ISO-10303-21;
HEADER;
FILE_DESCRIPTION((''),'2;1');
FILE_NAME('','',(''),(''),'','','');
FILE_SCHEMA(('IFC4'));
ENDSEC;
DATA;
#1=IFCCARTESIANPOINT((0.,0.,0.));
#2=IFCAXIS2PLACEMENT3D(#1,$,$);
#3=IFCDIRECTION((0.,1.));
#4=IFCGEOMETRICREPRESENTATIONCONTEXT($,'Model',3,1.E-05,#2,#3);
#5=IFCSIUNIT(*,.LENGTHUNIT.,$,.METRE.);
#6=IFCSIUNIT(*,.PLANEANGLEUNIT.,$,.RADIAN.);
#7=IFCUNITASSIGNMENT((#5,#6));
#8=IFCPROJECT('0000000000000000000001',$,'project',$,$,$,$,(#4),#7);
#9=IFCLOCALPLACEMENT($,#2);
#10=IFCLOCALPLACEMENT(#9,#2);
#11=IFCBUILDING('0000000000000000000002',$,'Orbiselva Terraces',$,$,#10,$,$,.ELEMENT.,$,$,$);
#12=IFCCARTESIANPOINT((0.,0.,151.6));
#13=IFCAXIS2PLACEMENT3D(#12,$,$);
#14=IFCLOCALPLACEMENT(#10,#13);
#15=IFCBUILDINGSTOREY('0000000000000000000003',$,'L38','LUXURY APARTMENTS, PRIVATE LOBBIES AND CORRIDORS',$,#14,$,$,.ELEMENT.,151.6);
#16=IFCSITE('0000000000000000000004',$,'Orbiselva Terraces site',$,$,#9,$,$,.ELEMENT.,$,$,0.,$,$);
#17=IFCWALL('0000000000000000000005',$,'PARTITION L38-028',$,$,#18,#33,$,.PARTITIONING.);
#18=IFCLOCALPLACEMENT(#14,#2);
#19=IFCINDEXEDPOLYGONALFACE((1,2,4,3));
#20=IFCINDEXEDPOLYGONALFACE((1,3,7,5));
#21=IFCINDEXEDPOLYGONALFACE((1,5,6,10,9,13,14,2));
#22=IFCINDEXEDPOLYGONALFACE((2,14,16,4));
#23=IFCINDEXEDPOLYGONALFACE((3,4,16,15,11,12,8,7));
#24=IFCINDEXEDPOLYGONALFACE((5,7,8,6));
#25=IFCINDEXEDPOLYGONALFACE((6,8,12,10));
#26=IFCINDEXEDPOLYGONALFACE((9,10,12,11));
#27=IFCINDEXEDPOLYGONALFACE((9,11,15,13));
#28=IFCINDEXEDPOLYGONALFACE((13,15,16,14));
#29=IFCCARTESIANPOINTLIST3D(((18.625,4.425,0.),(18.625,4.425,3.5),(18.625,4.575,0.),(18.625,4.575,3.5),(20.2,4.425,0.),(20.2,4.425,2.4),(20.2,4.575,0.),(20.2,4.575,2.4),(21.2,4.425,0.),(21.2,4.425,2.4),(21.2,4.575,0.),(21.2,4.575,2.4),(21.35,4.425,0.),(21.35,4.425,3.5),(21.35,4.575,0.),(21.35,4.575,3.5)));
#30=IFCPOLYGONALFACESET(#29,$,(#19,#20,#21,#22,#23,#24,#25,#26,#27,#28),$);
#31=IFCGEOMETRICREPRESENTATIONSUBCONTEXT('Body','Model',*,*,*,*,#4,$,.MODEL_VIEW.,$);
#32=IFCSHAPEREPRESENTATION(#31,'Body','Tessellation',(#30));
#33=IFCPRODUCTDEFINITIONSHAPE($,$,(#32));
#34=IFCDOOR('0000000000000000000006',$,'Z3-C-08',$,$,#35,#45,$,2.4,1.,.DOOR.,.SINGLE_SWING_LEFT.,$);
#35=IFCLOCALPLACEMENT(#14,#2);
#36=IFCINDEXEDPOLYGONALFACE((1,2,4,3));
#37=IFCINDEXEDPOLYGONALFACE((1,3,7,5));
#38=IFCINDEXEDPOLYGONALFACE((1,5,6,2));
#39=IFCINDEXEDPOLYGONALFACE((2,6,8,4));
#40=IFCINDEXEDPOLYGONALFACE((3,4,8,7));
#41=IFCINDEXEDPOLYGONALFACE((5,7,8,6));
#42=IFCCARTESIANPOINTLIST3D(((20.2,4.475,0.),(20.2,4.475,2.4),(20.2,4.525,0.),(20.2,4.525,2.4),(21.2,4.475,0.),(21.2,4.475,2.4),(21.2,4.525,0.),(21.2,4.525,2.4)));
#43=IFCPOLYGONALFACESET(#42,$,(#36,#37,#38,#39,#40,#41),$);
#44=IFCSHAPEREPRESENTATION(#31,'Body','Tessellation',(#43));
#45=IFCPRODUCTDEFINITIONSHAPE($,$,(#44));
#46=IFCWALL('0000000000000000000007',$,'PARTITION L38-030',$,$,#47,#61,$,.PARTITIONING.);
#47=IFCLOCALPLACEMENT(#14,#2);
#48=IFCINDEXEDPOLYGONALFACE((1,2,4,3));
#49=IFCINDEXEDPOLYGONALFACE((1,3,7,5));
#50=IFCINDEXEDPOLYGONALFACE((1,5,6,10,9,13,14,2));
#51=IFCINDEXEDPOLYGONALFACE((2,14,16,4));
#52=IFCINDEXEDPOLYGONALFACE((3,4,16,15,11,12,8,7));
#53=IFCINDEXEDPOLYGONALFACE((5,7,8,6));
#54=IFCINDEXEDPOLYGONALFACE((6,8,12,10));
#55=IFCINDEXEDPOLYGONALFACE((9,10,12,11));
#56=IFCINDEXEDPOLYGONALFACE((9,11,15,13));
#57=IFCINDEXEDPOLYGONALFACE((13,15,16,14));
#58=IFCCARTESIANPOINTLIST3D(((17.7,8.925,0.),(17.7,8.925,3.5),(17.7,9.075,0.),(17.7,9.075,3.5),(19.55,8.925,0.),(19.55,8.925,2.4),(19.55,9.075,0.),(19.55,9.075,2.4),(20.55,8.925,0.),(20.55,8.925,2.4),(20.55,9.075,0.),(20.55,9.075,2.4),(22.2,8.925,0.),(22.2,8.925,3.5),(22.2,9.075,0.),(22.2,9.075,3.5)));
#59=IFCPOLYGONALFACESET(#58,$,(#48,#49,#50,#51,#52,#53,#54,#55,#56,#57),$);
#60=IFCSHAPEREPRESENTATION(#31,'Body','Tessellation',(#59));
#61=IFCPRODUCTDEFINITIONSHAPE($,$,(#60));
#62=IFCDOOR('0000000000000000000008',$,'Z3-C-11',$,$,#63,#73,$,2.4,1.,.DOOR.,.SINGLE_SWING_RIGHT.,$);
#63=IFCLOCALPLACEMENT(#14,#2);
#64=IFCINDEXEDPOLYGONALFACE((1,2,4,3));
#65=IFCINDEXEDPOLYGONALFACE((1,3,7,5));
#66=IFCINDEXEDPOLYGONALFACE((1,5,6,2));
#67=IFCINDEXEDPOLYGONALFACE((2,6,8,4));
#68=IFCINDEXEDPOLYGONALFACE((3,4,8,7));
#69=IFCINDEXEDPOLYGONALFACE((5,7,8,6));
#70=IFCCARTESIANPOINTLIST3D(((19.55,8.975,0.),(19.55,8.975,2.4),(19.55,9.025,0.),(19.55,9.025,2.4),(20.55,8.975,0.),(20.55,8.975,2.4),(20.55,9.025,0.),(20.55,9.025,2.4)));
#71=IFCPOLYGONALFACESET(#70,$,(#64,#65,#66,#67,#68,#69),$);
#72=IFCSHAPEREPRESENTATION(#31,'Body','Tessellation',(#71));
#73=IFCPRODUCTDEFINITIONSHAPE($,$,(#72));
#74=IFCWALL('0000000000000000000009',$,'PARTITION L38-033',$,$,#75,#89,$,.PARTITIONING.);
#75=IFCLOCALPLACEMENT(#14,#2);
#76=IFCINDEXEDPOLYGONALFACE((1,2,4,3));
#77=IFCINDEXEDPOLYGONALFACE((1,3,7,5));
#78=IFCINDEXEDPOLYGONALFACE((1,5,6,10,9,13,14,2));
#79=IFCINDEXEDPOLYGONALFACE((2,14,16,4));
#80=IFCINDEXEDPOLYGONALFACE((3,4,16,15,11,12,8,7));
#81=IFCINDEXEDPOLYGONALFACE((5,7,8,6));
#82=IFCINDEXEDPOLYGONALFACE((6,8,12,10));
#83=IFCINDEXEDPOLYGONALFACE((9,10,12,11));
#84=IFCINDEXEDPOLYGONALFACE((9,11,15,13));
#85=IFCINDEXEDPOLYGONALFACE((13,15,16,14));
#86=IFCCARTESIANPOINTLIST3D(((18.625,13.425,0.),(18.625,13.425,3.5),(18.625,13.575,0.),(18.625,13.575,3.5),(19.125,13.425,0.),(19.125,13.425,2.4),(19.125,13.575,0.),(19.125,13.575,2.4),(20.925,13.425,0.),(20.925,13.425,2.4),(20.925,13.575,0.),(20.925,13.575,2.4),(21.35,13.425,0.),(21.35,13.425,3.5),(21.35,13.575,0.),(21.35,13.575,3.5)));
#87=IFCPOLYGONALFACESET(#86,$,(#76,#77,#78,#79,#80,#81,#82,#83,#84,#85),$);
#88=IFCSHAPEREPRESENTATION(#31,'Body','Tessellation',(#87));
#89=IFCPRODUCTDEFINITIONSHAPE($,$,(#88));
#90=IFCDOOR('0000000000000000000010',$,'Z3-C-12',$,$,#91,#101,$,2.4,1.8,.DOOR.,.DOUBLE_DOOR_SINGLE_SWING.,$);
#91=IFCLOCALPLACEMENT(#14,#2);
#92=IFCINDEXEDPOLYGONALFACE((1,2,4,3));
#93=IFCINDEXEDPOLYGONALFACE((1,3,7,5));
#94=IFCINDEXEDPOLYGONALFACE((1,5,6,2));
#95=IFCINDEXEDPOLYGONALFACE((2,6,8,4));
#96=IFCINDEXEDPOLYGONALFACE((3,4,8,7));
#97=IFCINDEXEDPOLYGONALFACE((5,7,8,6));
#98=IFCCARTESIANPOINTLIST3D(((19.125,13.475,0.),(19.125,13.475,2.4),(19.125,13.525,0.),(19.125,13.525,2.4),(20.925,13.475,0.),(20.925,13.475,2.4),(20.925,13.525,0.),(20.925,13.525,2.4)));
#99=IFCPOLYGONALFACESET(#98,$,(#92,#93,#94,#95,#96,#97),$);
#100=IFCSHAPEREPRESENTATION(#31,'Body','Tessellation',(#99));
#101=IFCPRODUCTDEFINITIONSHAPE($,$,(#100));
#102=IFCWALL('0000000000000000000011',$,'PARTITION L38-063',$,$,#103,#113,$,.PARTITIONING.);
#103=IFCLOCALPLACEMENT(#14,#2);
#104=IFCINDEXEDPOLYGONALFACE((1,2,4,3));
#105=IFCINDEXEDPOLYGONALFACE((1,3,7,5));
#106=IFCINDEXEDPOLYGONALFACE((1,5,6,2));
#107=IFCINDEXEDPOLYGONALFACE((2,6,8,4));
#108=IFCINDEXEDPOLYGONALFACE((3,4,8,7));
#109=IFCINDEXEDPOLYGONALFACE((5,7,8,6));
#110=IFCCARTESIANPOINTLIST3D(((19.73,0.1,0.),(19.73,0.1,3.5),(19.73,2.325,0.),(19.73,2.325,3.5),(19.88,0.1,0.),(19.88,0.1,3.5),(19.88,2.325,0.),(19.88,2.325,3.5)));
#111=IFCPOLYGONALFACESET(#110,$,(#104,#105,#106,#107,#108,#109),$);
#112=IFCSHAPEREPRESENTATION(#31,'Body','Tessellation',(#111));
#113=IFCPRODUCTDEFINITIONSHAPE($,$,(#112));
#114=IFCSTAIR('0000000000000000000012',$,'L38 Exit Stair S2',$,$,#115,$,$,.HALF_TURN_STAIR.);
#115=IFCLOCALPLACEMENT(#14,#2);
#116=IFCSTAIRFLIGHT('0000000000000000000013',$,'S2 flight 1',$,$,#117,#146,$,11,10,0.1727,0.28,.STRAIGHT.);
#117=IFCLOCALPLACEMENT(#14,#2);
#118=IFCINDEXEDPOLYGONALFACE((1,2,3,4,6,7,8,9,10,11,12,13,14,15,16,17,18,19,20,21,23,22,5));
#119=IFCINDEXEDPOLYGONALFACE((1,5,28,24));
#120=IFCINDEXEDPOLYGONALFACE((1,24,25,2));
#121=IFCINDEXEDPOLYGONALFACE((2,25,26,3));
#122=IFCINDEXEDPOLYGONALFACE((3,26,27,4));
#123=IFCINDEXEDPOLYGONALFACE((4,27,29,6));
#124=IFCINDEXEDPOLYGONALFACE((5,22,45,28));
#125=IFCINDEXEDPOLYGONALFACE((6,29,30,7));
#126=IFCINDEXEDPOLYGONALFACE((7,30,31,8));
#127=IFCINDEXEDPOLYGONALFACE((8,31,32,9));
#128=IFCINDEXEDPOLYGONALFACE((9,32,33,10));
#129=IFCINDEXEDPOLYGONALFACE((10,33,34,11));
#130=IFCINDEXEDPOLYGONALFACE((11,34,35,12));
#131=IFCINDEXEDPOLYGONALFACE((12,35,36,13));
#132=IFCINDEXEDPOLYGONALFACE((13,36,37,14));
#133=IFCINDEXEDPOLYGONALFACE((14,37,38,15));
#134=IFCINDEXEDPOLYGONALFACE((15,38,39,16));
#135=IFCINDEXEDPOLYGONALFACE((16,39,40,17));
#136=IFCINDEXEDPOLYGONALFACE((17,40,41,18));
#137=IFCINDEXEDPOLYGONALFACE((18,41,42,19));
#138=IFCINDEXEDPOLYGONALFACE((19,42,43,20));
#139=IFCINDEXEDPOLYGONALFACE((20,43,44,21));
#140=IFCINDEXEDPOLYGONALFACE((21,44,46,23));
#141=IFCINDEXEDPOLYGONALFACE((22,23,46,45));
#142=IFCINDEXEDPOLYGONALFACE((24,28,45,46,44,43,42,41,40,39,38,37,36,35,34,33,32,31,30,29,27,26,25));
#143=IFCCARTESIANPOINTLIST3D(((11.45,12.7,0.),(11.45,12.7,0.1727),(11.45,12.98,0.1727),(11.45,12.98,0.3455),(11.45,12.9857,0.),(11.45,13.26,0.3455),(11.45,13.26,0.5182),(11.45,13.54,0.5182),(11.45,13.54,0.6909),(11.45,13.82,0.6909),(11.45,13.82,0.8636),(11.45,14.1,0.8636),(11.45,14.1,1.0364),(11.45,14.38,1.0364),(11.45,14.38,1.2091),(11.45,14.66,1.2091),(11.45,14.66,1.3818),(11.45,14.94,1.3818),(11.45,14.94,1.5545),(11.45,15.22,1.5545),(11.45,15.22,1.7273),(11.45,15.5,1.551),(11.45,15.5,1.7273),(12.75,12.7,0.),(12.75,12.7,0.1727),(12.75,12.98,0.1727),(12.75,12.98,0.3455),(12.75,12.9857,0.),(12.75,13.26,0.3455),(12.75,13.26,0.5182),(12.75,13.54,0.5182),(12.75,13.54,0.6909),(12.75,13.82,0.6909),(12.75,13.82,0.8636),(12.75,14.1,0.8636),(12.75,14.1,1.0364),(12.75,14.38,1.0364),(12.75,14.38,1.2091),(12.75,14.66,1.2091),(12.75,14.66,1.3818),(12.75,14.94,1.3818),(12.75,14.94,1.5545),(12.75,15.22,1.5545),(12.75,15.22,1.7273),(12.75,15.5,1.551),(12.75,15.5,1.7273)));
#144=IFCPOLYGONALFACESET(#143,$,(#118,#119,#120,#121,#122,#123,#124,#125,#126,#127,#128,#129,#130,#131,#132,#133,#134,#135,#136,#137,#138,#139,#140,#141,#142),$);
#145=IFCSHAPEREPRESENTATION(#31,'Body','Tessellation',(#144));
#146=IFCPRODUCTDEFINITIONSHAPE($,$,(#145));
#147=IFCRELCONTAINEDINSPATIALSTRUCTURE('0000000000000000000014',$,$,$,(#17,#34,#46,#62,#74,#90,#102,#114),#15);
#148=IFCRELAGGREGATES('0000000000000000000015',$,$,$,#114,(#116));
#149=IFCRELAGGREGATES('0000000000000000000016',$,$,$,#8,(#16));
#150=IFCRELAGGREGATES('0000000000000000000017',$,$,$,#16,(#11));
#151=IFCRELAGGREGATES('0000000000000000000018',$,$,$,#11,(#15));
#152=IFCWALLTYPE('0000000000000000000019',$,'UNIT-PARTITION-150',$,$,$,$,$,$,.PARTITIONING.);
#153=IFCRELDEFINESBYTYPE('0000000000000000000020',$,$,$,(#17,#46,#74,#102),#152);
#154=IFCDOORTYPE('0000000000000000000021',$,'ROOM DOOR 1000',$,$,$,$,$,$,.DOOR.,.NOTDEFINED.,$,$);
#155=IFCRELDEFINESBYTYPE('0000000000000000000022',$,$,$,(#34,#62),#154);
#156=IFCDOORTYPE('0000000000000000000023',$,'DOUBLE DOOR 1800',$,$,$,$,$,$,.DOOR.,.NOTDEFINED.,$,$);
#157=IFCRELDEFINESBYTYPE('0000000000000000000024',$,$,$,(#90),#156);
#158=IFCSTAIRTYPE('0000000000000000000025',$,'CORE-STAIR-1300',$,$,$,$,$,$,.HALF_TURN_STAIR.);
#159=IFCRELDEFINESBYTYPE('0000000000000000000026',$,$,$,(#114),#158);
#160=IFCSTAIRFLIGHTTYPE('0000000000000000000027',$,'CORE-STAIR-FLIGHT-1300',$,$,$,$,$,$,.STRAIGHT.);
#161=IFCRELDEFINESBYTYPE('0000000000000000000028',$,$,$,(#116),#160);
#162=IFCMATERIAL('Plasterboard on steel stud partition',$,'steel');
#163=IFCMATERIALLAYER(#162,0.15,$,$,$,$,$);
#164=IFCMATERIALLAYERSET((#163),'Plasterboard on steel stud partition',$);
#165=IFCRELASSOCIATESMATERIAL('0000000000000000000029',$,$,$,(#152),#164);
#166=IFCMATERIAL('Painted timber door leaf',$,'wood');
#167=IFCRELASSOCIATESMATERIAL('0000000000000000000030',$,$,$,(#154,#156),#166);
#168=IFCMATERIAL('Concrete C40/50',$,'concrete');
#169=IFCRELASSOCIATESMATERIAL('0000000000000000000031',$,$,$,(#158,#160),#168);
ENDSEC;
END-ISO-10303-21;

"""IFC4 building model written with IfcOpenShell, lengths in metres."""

from ifc_helpers import new_model, si_unit, direction, frame, frame_2d, origin, place, context, subcontext, project, spatial, polyline, rectangle, outline, extrude, material, layer, layer_set, type_object, element, fill, aggregate, save


model = new_model("IFC4")

# Units and contexts
model_context = context("Model", 3, precision=1e-05, world=origin(), true_north=direction((0.0, 1.0)))
body_context = subcontext(model_context, "Body", "Model", "MODEL_VIEW")
ifc_project = project(units=[si_unit("LENGTHUNIT", "METRE"), si_unit("PLANEANGLEUNIT", "RADIAN")], contexts=[model_context])

# Site, building, storey
site_placement = place(None, origin())
site = spatial("IfcSite", under=ifc_project, at=site_placement, Name="Orbiselva Terraces site", CompositionType="ELEMENT", RefElevation=0.0)
building_placement = place(site_placement, origin())
building = spatial("IfcBuilding", under=site, at=building_placement, Name="Orbiselva Terraces", CompositionType="ELEMENT")
storey_placement = place(building_placement, frame((0.0, 0.0, 151.6)))
storey = spatial("IfcBuildingStorey", under=building, at=storey_placement, Name="L38", Description="LUXURY APARTMENTS, PRIVATE LOBBIES AND CORRIDORS", CompositionType="ELEMENT", Elevation=151.6)

# Walls, openings, doors
ifc_material_1 = material(Name="Plasterboard on steel stud partition", Category="steel")
ifc_material_2 = material(Name="Painted timber door leaf", Category="wood")
ifc_layer_1 = layer(ifc_material_1, 0.15)
ifc_layer_set_1 = layer_set([ifc_layer_1], Name="Plasterboard on steel stud partition")
wall_type_1 = type_object("IfcWallType", Name="UNIT-PARTITION-150", PredefinedType="PARTITIONING", material=ifc_layer_set_1)
wall_1_placement = place(storey_placement, frame((21.35, 4.5, 0.0), z_axis=(0.0, 0.0, 1.0), x_axis=(-1.0, 0.0, 0.0)))
wall_1 = element("IfcWall", 1, at=wall_1_placement, inside=storey, type_object=wall_type_1, Name="PARTITION L38-028", PredefinedType="PARTITIONING", context=body_context, shape_type="SweptSolid", body=[
    extrude(rectangle(XDim=2.725, YDim=0.15, at=frame_2d((1.3625, 0.0))), origin(), (0.0, 0.0, 1.0), 3.5),
])
opening_1_placement = place(wall_1_placement, frame((0.15, 0.0, 0.0)))
opening_1 = element("IfcOpeningElement", 2, at=opening_1_placement, cuts=wall_1, PredefinedType="OPENING", context=body_context, shape_type="SweptSolid", body=[
    extrude(rectangle(XDim=1.0, YDim=2.4, at=frame_2d((0.5, 1.2))), frame((0.0, 0.085, 0.0), z_axis=(0.0, -1.0, 0.0), x_axis=(1.0, 0.0, 0.0)), (0.0, 0.0, 1.0), 0.17),
])
door_type_1 = type_object("IfcDoorType", Name="ROOM DOOR 1000", OperationType="NOTDEFINED", PredefinedType="DOOR", material=ifc_material_2)
door_1_placement = place(opening_1_placement, origin())
door_1 = element("IfcDoor", 3, at=door_1_placement, inside=storey, type_object=door_type_1, Name="Z3-C-08", OperationType="SINGLE_SWING_LEFT", OverallHeight=2.4, OverallWidth=1.0, PredefinedType="DOOR", context=body_context, shape_type="SweptSolid", body=[
    extrude(rectangle(XDim=1.0, YDim=2.4, at=frame_2d((0.5, 1.2))), frame((0.0, 0.025, 0.0), z_axis=(0.0, -1.0, 0.0), x_axis=(1.0, 0.0, 0.0)), (0.0, 0.0, 1.0), 0.05),
])
fill(opening_1, door_1)
wall_2_placement = place(storey_placement, frame((17.7, 9.0, 0.0), z_axis=(0.0, 0.0, 1.0), x_axis=(1.0, 0.0, 0.0)))
wall_2 = element("IfcWall", 4, at=wall_2_placement, inside=storey, type_object=wall_type_1, Name="PARTITION L38-030", PredefinedType="PARTITIONING", context=body_context, shape_type="SweptSolid", body=[
    extrude(rectangle(XDim=4.5, YDim=0.15, at=frame_2d((2.25, 0.0))), origin(), (0.0, 0.0, 1.0), 3.5),
])
opening_2_placement = place(wall_2_placement, frame((1.85, 0.0, 0.0)))
opening_2 = element("IfcOpeningElement", 5, at=opening_2_placement, cuts=wall_2, PredefinedType="OPENING", context=body_context, shape_type="SweptSolid", body=[
    extrude(rectangle(XDim=1.0, YDim=2.4, at=frame_2d((0.5, 1.2))), frame((0.0, 0.085, 0.0), z_axis=(0.0, -1.0, 0.0), x_axis=(1.0, 0.0, 0.0)), (0.0, 0.0, 1.0), 0.17),
])
door_2_placement = place(opening_2_placement, origin())
door_2 = element("IfcDoor", 6, at=door_2_placement, inside=storey, type_object=door_type_1, Name="Z3-C-11", OperationType="SINGLE_SWING_RIGHT", OverallHeight=2.4, OverallWidth=1.0, PredefinedType="DOOR", context=body_context, shape_type="SweptSolid", body=[
    extrude(rectangle(XDim=1.0, YDim=2.4, at=frame_2d((0.5, 1.2))), frame((0.0, 0.025, 0.0), z_axis=(0.0, -1.0, 0.0), x_axis=(1.0, 0.0, 0.0)), (0.0, 0.0, 1.0), 0.05),
])
fill(opening_2, door_2)
wall_3_placement = place(storey_placement, frame((18.625, 13.5, 0.0), z_axis=(0.0, 0.0, 1.0), x_axis=(1.0, 0.0, 0.0)))
wall_3 = element("IfcWall", 7, at=wall_3_placement, inside=storey, type_object=wall_type_1, Name="PARTITION L38-033", PredefinedType="PARTITIONING", context=body_context, shape_type="SweptSolid", body=[
    extrude(rectangle(XDim=2.725, YDim=0.15, at=frame_2d((1.3625, 0.0))), origin(), (0.0, 0.0, 1.0), 3.5),
])
opening_3_placement = place(wall_3_placement, frame((0.5, 0.0, 0.0)))
opening_3 = element("IfcOpeningElement", 8, at=opening_3_placement, cuts=wall_3, PredefinedType="OPENING", context=body_context, shape_type="SweptSolid", body=[
    extrude(rectangle(XDim=1.8, YDim=2.4, at=frame_2d((0.9, 1.2))), frame((0.0, 0.085, 0.0), z_axis=(0.0, -1.0, 0.0), x_axis=(1.0, 0.0, 0.0)), (0.0, 0.0, 1.0), 0.17),
])
door_type_2 = type_object("IfcDoorType", Name="DOUBLE DOOR 1800", OperationType="NOTDEFINED", PredefinedType="DOOR", material=ifc_material_2)
door_3_placement = place(opening_3_placement, origin())
door_3 = element("IfcDoor", 9, at=door_3_placement, inside=storey, type_object=door_type_2, Name="Z3-C-12", OperationType="DOUBLE_DOOR_SINGLE_SWING", OverallHeight=2.4, OverallWidth=1.8, PredefinedType="DOOR", context=body_context, shape_type="SweptSolid", body=[
    extrude(rectangle(XDim=1.8, YDim=2.4, at=frame_2d((0.9, 1.2))), frame((0.0, 0.025, 0.0), z_axis=(0.0, -1.0, 0.0), x_axis=(1.0, 0.0, 0.0)), (0.0, 0.0, 1.0), 0.05),
])
fill(opening_3, door_3)

# Wall
wall_4_placement = place(storey_placement, frame((19.805, 0.1, 0.0), z_axis=(0.0, 0.0, 1.0), x_axis=(0.0, 1.0, 0.0)))
element("IfcWall", 10, at=wall_4_placement, inside=storey, type_object=wall_type_1, Name="PARTITION L38-063", PredefinedType="PARTITIONING", context=body_context, shape_type="SweptSolid", body=[
    extrude(rectangle(XDim=2.225, YDim=0.15, at=frame_2d((1.1125, 0.0))), origin(), (0.0, 0.0, 1.0), 3.5),
])

# Stair, stair flight
ifc_material_3 = material(Name="Concrete C40/50", Category="concrete")
stair_type = type_object("IfcStairType", Name="CORE-STAIR-1300", PredefinedType="HALF_TURN_STAIR", material=ifc_material_3)
stair_placement = place(storey_placement, origin())
stair = element("IfcStair", 11, at=stair_placement, inside=storey, type_object=stair_type, Name="L38 Exit Stair S2", PredefinedType="HALF_TURN_STAIR")
stair_flight_type = type_object("IfcStairFlightType", Name="CORE-STAIR-FLIGHT-1300", PredefinedType="STRAIGHT", material=ifc_material_3)
stair_flight_placement = place(storey_placement, frame((12.1, 12.7, 0.0), z_axis=(0.0, 0.0, 1.0), x_axis=(0.0, 1.0, 0.0)))
stair_flight = element("IfcStairFlight", 12, at=stair_flight_placement, type_object=stair_flight_type, Name="S2 flight 1", NumberOfRisers=11, NumberOfTreads=10, PredefinedType="STRAIGHT", RiserHeight=0.1727, TreadLength=0.28, context=body_context, shape_type="SweptSolid", body=[
    extrude(outline(polyline([(0.0, 0.0), (0.0, 0.1727), (0.28, 0.1727), (0.28, 0.3455), (0.56, 0.3455), (0.56, 0.5182), (0.84, 0.5182), (0.84, 0.6909), (1.12, 0.6909), (1.12, 0.8636), (1.4, 0.8636), (1.4, 1.0364), (1.68, 1.0364), (1.68, 1.2091), (1.96, 1.2091), (1.96, 1.3818), (2.24, 1.3818), (2.24, 1.5545), (2.52, 1.5545), (2.52, 1.7273), (2.8, 1.7273), (2.8, 1.9), (2.8, 1.551), (0.2857, 0.0), (0.0, 0.0)])), frame((0.0, 0.65, 0.0), z_axis=(0.0, -1.0, 0.0), x_axis=(1.0, 0.0, 0.0)), (0.0, 0.0, 1.0), 1.3),
])
aggregate(stair, [stair_flight])

save(model, "model.ifc")
